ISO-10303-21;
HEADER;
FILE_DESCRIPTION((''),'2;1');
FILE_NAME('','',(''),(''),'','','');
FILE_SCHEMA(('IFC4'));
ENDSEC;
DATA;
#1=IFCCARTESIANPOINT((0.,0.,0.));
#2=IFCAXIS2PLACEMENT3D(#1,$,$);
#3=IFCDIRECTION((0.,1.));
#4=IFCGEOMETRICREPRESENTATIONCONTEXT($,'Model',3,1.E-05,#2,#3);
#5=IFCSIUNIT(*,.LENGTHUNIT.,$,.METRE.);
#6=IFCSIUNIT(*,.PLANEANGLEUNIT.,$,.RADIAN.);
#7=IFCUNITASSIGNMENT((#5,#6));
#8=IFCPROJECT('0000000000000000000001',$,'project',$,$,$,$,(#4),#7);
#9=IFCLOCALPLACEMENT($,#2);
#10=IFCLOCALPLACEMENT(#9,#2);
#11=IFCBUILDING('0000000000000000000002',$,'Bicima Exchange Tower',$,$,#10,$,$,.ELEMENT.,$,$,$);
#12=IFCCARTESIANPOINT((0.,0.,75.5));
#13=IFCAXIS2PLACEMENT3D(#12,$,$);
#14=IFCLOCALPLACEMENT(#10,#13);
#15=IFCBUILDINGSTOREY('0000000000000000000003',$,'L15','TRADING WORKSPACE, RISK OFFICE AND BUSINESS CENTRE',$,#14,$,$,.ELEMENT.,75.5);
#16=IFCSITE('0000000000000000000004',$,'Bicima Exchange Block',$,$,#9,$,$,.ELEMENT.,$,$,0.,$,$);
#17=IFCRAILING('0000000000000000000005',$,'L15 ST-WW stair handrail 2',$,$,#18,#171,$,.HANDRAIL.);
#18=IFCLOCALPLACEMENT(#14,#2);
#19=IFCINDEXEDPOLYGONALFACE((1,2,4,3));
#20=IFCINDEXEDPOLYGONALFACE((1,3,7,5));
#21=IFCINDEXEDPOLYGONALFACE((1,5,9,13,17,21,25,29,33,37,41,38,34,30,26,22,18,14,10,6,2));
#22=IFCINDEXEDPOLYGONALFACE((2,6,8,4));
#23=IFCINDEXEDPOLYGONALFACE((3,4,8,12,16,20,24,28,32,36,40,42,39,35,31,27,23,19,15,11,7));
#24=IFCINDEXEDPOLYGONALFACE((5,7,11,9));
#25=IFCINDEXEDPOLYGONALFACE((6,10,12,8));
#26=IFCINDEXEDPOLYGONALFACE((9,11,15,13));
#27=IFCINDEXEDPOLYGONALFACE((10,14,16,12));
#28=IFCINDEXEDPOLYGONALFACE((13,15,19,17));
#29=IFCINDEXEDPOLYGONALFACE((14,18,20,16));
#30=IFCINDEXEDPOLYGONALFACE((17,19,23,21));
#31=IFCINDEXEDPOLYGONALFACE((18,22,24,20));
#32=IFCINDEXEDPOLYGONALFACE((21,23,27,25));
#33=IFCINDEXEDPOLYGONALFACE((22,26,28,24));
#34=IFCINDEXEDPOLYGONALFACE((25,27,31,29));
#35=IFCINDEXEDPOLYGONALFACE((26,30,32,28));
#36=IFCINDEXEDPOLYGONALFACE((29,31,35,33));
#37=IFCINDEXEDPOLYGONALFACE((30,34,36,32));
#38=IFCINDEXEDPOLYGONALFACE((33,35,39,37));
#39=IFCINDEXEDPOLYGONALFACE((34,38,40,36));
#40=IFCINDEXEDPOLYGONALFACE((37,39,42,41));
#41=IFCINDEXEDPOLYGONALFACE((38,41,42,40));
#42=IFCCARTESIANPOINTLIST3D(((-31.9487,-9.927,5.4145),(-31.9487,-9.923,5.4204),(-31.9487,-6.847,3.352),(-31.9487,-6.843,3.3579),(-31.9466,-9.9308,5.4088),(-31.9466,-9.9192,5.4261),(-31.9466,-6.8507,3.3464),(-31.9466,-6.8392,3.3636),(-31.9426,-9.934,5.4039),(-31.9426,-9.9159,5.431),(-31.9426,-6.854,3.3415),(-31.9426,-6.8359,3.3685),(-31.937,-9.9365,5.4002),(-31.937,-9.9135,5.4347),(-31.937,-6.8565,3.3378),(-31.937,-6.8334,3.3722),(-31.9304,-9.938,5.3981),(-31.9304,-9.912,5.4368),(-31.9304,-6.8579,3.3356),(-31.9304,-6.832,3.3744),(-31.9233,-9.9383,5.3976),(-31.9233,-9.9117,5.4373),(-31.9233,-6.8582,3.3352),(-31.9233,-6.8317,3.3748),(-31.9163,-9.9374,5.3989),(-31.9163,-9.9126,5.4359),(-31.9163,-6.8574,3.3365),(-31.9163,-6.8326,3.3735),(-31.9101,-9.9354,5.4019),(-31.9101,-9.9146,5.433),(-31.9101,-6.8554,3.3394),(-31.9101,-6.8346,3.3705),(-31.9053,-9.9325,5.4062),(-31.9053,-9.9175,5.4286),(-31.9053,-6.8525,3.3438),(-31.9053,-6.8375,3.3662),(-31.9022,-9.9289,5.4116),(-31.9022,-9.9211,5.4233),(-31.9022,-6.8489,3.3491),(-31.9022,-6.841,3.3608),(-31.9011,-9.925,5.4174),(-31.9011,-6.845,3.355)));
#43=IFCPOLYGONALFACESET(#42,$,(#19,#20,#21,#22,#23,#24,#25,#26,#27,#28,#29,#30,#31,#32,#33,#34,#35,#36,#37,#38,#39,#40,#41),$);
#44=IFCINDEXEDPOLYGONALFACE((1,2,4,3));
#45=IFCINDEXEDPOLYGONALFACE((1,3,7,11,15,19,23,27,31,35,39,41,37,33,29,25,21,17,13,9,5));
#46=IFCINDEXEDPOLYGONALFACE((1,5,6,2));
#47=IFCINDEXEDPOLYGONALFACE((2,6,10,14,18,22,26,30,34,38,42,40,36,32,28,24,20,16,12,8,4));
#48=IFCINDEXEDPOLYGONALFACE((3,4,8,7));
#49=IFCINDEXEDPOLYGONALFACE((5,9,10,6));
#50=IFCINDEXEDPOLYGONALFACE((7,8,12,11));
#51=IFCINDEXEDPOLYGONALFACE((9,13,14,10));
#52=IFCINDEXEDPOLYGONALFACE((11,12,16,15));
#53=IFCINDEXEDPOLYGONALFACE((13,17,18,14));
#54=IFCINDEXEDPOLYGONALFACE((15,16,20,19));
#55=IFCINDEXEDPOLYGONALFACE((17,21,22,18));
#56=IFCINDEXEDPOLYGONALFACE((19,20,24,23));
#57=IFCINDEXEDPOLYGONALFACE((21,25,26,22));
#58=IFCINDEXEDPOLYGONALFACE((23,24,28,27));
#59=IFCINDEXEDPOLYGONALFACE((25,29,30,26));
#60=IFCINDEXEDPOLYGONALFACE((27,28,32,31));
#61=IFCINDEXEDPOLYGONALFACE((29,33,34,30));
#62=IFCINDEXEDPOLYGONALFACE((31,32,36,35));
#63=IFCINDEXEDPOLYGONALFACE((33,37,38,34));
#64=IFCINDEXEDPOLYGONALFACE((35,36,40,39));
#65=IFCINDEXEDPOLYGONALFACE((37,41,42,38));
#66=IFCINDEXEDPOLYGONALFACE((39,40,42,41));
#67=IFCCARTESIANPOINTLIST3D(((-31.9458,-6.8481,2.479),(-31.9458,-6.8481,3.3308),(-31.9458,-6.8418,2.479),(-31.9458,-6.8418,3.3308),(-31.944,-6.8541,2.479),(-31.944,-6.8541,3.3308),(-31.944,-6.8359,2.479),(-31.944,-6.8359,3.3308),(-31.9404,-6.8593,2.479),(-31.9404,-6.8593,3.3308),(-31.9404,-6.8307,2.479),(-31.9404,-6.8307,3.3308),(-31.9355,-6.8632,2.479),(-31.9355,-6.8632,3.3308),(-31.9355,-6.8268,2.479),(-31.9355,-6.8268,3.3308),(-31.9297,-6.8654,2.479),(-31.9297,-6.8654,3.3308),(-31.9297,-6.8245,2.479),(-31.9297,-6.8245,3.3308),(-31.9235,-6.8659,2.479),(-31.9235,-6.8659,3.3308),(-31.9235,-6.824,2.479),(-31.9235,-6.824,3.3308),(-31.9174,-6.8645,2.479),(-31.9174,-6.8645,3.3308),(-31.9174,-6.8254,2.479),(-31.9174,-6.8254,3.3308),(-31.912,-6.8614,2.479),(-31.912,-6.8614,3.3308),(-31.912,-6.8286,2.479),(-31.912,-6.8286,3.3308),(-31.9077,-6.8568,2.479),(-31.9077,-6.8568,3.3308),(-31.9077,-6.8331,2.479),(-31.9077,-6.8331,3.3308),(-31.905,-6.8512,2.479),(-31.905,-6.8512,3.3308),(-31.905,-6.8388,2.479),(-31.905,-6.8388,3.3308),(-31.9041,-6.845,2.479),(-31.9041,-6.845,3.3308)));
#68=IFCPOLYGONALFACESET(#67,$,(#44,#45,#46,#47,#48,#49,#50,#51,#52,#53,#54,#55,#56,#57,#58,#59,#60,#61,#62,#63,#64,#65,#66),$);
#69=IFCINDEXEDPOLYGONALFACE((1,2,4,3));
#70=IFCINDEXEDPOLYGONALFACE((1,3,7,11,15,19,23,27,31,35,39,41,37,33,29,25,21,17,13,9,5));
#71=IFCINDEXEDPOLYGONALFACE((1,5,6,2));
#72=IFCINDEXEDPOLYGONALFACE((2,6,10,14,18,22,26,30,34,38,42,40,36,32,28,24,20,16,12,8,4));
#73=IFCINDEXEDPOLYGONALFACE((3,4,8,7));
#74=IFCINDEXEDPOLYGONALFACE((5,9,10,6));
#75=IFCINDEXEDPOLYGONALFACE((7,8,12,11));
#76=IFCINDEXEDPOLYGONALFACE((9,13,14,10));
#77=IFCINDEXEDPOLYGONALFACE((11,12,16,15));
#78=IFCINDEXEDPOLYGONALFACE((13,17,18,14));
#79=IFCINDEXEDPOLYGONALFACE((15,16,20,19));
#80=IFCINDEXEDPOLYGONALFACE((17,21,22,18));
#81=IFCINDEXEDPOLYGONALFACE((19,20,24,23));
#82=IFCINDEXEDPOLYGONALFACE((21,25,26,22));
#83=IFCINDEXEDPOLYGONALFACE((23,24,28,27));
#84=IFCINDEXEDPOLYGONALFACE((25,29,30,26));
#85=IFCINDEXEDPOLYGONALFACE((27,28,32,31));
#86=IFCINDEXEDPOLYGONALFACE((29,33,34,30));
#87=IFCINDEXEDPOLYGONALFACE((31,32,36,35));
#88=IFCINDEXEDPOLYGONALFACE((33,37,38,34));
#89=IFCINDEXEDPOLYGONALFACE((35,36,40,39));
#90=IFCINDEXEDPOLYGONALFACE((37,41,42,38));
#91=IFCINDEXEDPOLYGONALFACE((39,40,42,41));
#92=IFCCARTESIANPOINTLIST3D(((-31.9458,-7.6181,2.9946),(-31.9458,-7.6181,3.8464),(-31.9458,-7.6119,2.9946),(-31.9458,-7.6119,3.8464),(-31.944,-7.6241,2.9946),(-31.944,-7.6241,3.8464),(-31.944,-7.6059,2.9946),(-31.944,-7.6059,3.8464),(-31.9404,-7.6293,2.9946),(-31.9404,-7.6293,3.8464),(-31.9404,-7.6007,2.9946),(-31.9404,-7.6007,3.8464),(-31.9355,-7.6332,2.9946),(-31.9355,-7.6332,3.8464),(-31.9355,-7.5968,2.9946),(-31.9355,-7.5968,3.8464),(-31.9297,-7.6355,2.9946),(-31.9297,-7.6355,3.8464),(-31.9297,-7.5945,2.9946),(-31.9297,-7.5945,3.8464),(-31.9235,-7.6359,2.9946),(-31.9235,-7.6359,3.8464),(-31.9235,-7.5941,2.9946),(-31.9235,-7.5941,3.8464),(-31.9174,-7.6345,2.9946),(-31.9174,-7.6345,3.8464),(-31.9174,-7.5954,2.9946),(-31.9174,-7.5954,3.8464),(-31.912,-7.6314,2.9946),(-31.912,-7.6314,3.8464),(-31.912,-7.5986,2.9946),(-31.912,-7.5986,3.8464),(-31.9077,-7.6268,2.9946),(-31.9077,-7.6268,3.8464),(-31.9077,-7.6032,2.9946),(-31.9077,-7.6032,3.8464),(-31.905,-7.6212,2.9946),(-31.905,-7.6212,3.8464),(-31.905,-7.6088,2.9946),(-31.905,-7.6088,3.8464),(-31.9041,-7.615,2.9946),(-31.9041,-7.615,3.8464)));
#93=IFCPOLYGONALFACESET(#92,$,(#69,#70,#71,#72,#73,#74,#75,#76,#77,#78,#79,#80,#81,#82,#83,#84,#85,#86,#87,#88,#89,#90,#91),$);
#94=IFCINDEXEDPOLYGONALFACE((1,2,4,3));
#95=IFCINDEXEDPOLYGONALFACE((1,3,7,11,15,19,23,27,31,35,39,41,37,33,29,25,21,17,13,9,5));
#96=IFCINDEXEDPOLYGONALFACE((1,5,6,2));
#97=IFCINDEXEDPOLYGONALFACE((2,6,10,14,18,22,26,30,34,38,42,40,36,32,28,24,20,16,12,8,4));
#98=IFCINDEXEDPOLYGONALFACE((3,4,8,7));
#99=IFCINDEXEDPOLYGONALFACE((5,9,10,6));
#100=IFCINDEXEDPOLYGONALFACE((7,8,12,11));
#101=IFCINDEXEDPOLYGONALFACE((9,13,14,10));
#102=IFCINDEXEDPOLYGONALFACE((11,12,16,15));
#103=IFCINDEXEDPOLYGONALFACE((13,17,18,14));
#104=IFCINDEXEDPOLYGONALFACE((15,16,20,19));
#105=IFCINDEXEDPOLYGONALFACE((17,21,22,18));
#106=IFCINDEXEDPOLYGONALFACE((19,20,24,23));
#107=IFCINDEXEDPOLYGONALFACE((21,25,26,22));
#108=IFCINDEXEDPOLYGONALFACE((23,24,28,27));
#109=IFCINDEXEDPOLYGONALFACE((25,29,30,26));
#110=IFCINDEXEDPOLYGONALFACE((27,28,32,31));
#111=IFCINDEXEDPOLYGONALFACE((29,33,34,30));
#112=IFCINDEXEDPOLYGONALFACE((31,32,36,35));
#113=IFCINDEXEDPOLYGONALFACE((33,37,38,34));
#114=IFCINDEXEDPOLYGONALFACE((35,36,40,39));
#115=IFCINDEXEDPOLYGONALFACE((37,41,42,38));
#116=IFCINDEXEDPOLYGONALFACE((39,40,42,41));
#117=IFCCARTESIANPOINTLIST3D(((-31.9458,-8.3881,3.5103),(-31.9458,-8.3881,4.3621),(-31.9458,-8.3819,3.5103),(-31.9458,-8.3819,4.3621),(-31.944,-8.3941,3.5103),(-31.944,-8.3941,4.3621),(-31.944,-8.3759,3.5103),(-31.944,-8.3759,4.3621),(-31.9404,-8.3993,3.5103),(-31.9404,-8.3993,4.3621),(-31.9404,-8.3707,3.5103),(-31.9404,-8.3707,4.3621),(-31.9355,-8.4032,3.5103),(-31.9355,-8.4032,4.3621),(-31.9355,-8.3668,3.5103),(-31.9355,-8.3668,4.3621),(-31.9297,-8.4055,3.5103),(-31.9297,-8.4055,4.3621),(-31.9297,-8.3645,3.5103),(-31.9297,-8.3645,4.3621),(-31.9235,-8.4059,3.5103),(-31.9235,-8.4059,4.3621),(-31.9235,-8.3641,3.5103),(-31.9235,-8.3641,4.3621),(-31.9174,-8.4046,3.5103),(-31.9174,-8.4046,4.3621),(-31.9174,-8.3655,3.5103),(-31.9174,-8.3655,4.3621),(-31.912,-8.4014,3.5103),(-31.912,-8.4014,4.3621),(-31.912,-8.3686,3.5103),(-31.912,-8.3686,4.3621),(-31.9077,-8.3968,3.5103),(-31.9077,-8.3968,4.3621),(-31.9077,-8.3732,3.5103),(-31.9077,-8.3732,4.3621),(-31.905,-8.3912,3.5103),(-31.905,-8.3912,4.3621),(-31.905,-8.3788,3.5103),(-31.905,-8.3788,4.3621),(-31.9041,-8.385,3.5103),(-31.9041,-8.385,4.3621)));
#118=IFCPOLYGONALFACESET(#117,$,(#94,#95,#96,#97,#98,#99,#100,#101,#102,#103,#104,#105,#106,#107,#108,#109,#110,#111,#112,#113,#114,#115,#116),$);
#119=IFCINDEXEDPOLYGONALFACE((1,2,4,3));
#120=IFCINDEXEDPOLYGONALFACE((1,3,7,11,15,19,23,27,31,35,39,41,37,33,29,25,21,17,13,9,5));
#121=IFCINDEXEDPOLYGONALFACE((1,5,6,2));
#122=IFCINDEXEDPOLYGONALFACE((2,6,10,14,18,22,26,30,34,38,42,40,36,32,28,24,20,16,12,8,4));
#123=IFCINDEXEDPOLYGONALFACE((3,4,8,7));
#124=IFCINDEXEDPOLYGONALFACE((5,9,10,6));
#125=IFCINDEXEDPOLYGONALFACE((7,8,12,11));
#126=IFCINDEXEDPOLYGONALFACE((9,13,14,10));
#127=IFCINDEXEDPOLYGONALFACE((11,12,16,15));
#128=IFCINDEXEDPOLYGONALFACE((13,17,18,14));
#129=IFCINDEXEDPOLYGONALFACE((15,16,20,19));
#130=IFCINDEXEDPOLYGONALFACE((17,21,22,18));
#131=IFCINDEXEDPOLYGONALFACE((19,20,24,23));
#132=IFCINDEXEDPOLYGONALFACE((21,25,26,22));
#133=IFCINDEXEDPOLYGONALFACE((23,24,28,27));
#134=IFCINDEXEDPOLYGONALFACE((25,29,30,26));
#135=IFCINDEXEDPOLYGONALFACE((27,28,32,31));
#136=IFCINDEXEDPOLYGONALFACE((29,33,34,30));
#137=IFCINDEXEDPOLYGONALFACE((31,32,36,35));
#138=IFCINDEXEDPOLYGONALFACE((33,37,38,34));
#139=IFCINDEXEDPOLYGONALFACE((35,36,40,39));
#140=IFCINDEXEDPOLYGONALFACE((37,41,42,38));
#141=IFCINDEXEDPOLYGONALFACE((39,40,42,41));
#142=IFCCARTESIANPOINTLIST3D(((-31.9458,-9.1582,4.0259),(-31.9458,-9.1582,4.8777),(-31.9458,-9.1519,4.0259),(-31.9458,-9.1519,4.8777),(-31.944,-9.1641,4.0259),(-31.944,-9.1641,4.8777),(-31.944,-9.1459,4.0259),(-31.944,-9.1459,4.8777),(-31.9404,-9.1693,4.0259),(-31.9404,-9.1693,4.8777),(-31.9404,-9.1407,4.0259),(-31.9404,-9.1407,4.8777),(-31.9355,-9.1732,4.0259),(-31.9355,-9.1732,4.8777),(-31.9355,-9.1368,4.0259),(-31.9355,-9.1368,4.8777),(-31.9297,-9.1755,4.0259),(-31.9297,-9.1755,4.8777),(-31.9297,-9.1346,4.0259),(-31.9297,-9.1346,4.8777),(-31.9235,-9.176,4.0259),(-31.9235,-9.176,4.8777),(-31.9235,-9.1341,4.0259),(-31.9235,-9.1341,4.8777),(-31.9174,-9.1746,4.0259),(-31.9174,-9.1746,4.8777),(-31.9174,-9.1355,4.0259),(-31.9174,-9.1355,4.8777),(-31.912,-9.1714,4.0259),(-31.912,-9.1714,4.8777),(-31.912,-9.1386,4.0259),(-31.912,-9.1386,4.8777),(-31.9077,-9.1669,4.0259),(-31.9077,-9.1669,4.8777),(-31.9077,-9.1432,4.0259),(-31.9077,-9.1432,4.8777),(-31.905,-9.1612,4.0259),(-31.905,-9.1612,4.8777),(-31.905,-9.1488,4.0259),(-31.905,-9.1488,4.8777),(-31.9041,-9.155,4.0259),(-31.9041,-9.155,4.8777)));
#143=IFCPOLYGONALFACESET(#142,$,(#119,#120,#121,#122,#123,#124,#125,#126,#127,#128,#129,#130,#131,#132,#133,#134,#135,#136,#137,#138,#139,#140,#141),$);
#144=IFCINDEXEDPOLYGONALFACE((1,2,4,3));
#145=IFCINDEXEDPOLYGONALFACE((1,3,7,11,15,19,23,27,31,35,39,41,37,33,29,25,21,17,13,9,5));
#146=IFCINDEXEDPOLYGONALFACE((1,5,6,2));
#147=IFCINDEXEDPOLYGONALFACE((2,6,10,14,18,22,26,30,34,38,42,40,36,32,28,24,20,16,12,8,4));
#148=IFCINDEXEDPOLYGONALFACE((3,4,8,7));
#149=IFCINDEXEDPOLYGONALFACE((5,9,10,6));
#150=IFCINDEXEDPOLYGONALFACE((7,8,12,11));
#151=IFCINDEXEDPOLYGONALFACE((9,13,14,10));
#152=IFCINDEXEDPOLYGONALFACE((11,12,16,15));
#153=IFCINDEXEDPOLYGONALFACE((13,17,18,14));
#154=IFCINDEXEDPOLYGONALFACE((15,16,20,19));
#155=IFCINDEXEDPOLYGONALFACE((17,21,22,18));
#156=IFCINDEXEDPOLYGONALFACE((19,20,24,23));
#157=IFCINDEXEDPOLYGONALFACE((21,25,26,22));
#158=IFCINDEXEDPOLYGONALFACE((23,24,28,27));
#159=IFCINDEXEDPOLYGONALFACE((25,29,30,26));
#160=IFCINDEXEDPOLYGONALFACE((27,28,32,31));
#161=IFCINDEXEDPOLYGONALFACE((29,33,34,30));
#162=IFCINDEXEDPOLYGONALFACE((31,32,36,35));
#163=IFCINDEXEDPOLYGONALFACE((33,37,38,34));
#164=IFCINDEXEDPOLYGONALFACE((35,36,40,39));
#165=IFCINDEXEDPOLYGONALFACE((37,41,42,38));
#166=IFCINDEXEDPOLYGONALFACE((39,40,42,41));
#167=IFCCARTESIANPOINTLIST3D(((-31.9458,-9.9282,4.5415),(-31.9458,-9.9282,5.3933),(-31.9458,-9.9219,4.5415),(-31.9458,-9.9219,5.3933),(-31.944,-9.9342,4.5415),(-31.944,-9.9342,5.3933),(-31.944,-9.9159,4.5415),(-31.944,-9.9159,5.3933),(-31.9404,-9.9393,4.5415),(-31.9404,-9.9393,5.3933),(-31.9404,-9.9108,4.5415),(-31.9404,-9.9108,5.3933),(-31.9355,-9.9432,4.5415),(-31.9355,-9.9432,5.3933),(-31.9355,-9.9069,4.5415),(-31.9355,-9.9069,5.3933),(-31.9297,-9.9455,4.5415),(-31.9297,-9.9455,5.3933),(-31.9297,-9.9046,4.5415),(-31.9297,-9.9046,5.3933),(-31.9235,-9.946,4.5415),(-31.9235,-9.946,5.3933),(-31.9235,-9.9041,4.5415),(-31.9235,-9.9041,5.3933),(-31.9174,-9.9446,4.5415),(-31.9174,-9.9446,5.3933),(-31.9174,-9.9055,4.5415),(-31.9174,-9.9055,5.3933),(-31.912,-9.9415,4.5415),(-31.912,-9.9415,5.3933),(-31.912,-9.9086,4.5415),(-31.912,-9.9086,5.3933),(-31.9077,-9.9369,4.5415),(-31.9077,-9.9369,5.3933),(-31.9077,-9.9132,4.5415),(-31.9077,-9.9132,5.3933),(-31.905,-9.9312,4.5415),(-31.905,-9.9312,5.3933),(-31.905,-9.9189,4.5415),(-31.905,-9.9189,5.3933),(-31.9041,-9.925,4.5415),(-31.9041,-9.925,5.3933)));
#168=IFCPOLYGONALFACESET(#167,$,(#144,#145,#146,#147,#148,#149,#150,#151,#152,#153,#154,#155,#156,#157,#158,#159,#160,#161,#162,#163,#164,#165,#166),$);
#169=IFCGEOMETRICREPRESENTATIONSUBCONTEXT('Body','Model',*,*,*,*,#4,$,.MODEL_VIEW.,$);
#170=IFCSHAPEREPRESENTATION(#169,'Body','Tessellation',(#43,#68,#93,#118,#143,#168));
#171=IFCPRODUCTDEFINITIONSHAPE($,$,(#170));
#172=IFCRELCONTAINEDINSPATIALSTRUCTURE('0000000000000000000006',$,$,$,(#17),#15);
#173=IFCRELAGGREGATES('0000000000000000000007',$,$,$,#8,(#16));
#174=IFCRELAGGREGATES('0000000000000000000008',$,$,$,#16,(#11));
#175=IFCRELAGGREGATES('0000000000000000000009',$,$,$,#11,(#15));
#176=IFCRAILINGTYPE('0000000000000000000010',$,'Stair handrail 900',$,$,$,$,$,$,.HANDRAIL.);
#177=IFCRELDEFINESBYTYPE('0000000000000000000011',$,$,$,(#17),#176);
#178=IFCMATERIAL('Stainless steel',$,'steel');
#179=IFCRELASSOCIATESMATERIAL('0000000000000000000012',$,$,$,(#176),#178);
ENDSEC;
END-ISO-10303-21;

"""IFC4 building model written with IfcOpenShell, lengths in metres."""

from ifc_helpers import new_model, si_unit, direction, frame, origin, origin_2d, place, context, subcontext, project, spatial, circle, extrude, material, type_object, element, save


model = new_model("IFC4")

# Units and contexts
model_context = context("Model", 3, precision=1e-05, world=origin(), true_north=direction((0.0, 1.0)))
body_context = subcontext(model_context, "Body", "Model", "MODEL_VIEW")
ifc_project = project(units=[si_unit("LENGTHUNIT", "METRE"), si_unit("PLANEANGLEUNIT", "RADIAN")], contexts=[model_context])

# Site, building, storey
site_placement = place(None, origin())
site = spatial("IfcSite", under=ifc_project, at=site_placement, Name="Bicima Exchange Block", CompositionType="ELEMENT", RefElevation=0.0)
building_placement = place(site_placement, origin())
building = spatial("IfcBuilding", under=site, at=building_placement, Name="Bicima Exchange Tower", CompositionType="ELEMENT")
storey_placement = place(building_placement, frame((0.0, 0.0, 75.5)))
storey = spatial("IfcBuildingStorey", under=building, at=storey_placement, Name="L15", Description="TRADING WORKSPACE, RISK OFFICE AND BUSINESS CENTRE", CompositionType="ELEMENT", Elevation=75.5)

# Railing
ifc_material_1 = material(Name="Stainless steel", Category="steel")
railing_type = type_object("IfcRailingType", Name="Stair handrail 900", PredefinedType="HANDRAIL", material=ifc_material_1)
railing_placement = place(storey_placement, frame((-31.925, -6.845, 2.479)))
element("IfcRailing", 1, at=railing_placement, inside=storey, type_object=railing_type, Name="L15 ST-WW stair handrail 2", PredefinedType="HANDRAIL", context=body_context, shape_type="SweptSolid", body=[
    extrude(circle(Radius=0.0239, at=origin_2d()), frame((0.0, 0.0, 0.876), z_axis=(0.0, -0.830914, 0.556401), x_axis=(1.0, 0.0, 0.0)), (0.0, 0.0, 1.0), 3.7068),
    extrude(circle(Radius=0.021, at=origin_2d()), origin(), (0.0, 0.0, 1.0), 0.8518),
    extrude(circle(Radius=0.021, at=origin_2d()), frame((0.0, -0.77, 0.5156)), (0.0, 0.0, 1.0), 0.8518),
    extrude(circle(Radius=0.021, at=origin_2d()), frame((0.0, -1.54, 1.0312)), (0.0, 0.0, 1.0), 0.8518),
    extrude(circle(Radius=0.021, at=origin_2d()), frame((0.0, -2.3101, 1.5469)), (0.0, 0.0, 1.0), 0.8518),
    extrude(circle(Radius=0.021, at=origin_2d()), frame((0.0, -3.0801, 2.0625)), (0.0, 0.0, 1.0), 0.8518),
])

save(model, "model.ifc")
